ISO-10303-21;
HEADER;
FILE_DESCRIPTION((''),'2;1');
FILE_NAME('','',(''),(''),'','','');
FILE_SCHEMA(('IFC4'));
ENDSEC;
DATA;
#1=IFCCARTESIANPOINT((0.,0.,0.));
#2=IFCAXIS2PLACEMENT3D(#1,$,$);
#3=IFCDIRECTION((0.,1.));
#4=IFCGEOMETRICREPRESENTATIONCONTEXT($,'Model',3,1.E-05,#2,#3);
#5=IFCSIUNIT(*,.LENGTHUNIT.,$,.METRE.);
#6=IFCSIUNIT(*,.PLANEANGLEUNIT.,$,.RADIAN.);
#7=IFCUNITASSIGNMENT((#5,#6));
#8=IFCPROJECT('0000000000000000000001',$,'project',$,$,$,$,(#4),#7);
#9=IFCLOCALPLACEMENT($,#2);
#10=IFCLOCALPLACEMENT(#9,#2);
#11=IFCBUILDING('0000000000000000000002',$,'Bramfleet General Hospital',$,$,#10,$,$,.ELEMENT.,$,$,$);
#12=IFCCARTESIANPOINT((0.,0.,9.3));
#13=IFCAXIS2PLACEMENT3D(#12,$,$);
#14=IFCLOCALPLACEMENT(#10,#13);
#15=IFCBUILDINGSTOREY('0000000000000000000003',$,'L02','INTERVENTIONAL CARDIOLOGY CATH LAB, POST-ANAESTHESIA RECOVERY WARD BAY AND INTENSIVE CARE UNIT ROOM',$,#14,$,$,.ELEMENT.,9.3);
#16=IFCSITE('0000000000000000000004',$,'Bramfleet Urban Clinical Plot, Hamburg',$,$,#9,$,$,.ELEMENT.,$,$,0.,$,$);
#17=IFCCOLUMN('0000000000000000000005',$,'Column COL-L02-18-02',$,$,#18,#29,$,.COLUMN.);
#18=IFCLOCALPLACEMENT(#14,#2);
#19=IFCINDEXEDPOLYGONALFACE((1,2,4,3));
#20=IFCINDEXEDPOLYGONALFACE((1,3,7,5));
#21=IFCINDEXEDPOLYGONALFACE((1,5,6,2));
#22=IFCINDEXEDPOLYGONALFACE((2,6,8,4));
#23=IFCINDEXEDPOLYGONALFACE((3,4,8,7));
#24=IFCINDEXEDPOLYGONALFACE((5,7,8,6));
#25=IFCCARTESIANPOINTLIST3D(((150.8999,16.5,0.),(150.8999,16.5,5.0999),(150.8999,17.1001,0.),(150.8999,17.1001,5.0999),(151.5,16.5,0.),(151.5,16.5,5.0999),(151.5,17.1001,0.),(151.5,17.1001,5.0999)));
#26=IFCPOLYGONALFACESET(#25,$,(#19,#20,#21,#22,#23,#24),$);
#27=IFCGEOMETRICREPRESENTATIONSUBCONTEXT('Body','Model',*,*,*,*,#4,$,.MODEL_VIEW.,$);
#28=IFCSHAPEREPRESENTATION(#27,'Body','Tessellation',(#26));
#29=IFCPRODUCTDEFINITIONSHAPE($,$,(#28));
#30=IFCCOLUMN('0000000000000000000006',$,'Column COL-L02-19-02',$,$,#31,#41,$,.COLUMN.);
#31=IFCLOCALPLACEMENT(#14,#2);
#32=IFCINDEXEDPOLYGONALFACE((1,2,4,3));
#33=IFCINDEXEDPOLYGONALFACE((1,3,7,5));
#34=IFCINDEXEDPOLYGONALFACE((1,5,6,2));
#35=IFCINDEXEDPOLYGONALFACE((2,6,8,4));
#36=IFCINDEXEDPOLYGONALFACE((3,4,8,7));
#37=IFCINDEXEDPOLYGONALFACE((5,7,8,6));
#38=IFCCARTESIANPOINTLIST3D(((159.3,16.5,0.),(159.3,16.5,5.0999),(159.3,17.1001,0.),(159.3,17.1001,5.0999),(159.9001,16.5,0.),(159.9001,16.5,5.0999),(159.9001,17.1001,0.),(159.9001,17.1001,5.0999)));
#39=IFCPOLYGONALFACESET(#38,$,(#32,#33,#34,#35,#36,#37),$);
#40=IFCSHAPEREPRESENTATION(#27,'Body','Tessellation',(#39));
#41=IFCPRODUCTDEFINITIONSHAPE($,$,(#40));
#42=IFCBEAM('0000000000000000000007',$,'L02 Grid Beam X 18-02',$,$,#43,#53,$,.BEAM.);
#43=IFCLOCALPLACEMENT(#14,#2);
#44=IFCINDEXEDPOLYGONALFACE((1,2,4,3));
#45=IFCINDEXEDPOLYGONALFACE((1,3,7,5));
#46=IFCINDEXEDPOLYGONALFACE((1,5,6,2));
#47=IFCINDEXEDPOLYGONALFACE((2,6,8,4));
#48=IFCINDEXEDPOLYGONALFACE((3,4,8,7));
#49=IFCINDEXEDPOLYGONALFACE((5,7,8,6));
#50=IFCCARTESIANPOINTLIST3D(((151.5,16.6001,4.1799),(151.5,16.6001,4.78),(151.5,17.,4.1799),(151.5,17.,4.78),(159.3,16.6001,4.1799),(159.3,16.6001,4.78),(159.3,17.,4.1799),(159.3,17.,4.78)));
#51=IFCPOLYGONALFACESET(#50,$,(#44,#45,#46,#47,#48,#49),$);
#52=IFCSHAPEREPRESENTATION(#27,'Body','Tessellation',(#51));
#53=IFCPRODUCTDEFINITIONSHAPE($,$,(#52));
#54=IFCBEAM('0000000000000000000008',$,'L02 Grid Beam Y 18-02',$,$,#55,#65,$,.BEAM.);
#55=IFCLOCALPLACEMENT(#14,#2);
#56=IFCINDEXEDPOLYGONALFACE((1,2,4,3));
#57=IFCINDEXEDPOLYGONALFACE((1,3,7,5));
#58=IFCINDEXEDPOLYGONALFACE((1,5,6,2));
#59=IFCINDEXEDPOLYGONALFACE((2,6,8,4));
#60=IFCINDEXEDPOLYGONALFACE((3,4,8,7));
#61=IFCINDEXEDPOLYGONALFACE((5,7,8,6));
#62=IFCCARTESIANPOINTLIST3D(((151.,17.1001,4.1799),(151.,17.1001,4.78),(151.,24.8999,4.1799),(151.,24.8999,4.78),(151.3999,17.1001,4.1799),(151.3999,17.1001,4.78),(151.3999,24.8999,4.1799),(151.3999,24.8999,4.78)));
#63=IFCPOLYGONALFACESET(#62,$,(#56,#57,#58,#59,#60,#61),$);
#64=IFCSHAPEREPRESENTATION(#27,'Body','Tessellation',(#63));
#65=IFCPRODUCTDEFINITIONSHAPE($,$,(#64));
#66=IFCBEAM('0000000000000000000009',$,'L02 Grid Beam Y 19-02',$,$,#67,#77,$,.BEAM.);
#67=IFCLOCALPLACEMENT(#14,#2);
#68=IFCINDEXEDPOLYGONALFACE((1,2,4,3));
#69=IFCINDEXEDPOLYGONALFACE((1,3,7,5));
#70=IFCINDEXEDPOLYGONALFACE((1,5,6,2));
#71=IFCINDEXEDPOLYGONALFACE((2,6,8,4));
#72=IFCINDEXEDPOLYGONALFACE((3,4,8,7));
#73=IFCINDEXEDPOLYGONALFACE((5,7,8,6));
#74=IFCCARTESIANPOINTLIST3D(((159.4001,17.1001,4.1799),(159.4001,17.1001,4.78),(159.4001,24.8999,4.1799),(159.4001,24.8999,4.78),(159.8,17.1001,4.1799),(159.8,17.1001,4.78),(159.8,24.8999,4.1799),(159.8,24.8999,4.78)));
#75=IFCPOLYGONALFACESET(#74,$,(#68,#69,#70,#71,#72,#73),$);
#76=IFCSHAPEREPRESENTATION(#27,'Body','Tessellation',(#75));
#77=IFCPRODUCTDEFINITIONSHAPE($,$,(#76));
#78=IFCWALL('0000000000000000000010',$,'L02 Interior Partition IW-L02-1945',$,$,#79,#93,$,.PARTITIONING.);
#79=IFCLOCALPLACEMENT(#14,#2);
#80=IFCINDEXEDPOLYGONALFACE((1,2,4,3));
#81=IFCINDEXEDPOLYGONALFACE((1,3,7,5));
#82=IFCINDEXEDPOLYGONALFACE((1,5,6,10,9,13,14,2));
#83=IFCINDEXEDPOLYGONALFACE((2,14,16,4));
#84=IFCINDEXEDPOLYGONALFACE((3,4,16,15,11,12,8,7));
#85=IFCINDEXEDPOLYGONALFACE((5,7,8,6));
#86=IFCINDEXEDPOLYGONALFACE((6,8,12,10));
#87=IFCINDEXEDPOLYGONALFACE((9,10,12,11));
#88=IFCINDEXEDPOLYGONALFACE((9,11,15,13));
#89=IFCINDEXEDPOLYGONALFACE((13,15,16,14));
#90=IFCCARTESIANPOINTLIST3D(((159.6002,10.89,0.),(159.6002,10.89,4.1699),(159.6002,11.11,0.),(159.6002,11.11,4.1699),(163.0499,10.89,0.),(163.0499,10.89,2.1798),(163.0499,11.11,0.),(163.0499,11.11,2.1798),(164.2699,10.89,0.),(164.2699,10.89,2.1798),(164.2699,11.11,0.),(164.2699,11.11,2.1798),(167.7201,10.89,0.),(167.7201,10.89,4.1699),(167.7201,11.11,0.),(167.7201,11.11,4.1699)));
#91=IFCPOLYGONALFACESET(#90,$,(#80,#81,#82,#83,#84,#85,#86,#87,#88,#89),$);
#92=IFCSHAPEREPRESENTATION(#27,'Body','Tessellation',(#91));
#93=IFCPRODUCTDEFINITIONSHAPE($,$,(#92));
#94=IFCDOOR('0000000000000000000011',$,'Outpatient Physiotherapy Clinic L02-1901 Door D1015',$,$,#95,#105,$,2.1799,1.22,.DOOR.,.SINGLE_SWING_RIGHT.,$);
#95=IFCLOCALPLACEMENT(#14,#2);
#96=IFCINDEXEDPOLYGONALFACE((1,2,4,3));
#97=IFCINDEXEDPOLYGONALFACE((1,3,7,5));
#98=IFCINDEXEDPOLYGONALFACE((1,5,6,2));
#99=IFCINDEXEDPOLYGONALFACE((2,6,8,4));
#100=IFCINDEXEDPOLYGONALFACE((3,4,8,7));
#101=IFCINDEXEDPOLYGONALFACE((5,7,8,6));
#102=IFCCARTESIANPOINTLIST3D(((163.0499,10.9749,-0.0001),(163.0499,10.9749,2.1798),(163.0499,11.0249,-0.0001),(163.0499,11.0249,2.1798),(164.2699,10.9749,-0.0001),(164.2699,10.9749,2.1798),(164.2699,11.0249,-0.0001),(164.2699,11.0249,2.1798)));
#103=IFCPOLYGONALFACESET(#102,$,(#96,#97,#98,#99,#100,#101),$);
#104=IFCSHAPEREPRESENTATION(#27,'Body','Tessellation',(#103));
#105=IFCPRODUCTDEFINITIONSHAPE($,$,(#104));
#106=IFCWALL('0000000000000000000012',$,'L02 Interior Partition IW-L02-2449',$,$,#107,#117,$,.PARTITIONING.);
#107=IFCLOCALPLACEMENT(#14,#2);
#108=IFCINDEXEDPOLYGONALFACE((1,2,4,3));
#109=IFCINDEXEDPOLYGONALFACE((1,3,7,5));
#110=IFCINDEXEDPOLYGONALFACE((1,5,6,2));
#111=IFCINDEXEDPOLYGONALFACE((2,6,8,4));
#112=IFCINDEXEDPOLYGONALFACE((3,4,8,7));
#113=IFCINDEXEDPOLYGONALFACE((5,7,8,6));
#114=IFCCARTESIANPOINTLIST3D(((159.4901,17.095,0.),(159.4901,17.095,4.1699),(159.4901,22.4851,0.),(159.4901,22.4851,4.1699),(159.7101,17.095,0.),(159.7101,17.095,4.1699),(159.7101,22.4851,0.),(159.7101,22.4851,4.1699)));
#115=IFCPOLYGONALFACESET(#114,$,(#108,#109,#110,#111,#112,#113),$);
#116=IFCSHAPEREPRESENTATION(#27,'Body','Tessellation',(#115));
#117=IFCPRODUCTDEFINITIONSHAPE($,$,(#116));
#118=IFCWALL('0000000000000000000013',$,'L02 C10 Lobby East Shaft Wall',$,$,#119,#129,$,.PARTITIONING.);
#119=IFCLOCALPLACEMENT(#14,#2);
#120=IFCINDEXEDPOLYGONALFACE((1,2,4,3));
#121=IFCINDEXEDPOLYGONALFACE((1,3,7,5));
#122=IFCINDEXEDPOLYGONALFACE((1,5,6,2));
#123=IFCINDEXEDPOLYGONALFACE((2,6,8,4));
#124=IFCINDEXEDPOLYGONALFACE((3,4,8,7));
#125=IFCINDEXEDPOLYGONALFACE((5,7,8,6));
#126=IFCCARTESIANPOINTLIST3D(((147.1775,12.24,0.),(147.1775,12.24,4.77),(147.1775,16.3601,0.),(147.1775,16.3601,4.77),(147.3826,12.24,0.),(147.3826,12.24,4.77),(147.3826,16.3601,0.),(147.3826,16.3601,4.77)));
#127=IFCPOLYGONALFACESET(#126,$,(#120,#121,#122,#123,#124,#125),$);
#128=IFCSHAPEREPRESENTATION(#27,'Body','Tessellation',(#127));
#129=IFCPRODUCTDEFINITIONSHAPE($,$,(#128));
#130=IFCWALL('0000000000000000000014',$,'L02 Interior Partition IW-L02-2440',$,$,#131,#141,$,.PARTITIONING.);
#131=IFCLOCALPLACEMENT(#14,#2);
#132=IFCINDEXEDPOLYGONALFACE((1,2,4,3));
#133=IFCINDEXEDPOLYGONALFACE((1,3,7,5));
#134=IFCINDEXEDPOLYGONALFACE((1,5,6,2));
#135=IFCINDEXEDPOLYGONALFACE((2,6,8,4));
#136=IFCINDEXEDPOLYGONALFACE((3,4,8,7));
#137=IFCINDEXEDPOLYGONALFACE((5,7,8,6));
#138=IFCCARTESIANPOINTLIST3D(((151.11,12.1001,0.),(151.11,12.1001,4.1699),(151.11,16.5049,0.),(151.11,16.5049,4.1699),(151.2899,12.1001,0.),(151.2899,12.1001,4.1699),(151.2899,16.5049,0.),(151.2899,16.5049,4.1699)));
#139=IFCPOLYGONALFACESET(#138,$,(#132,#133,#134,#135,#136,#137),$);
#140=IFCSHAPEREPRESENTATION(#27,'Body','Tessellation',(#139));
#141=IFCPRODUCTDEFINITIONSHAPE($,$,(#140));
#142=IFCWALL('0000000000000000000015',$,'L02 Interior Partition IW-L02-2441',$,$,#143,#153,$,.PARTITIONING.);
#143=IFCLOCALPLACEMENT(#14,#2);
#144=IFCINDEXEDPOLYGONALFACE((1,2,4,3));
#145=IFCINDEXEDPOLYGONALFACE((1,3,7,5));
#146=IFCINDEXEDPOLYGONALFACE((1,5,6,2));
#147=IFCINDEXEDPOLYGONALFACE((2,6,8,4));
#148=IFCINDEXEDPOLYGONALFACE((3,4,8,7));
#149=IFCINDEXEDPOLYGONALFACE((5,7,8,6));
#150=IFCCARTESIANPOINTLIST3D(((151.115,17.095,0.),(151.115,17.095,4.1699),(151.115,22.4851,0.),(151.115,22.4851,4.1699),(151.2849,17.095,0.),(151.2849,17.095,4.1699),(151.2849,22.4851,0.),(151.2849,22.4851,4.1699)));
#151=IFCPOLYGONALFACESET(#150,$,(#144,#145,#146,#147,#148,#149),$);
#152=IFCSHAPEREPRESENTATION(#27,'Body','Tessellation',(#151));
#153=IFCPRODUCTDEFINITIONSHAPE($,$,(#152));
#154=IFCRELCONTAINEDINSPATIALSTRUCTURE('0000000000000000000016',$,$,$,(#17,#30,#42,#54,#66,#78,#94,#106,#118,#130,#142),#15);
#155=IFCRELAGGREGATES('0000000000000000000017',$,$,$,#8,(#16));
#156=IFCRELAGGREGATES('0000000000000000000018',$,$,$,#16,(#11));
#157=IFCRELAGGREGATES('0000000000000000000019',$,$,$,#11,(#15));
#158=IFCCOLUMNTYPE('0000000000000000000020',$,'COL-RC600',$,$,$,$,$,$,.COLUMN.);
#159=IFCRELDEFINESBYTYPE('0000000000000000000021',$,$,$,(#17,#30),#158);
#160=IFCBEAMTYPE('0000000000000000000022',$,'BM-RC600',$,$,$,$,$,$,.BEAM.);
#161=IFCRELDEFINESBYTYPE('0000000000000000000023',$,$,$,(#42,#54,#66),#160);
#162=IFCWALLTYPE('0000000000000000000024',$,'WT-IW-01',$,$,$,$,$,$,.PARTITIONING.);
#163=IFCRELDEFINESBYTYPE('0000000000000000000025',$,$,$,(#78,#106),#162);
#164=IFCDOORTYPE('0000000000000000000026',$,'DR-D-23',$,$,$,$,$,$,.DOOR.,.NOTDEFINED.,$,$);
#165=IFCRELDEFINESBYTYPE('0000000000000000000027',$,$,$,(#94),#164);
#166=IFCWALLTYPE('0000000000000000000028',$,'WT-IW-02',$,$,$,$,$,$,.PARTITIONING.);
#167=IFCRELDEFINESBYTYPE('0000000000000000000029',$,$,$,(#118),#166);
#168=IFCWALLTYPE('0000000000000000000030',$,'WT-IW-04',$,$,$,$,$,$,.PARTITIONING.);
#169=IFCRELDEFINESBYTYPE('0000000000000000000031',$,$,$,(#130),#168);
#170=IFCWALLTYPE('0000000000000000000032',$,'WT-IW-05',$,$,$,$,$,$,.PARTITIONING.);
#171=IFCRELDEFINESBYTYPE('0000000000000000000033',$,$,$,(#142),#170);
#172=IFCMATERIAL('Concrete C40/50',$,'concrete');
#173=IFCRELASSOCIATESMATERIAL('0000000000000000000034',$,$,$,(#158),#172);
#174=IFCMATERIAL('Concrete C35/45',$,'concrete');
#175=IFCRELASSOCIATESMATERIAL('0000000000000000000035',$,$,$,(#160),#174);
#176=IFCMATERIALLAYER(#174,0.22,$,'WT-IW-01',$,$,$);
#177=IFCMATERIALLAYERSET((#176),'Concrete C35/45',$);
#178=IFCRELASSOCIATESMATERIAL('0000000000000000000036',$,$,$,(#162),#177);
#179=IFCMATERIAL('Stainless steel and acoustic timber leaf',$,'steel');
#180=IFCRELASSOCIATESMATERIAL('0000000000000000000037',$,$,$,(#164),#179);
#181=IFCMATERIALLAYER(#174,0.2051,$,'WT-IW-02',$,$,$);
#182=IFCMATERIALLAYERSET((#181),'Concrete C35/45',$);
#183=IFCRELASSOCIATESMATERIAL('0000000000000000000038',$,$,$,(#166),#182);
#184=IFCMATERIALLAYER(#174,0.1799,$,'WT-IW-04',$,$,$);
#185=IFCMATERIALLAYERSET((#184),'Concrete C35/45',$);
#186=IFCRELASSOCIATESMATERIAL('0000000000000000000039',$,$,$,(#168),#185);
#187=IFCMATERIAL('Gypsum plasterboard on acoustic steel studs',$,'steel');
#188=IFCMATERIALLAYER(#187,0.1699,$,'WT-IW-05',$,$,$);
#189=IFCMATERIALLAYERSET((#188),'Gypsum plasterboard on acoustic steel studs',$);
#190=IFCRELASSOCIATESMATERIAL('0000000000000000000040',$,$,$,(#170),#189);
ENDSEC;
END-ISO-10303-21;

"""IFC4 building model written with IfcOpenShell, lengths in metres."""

from ifc_helpers import new_model, si_unit, direction, frame, frame_2d, origin, origin_2d, place, context, subcontext, project, spatial, rectangle, extrude, material, layer, layer_set, material_profile, profile_set, type_object, element, fill, save


model = new_model("IFC4")

# Units and contexts
model_context = context("Model", 3, precision=1e-05, world=origin(), true_north=direction((0.0, 1.0)))
body_context = subcontext(model_context, "Body", "Model", "MODEL_VIEW")
ifc_project = project(units=[si_unit("LENGTHUNIT", "METRE"), si_unit("PLANEANGLEUNIT", "RADIAN")], contexts=[model_context])

# Site, building, storey
site_placement = place(None, origin())
site = spatial("IfcSite", under=ifc_project, at=site_placement, Name="Bramfleet Urban Clinical Plot, Hamburg", CompositionType="ELEMENT", RefElevation=0.0)
building_placement = place(site_placement, origin())
building = spatial("IfcBuilding", under=site, at=building_placement, Name="Bramfleet General Hospital", CompositionType="ELEMENT")
storey_placement = place(building_placement, frame((0.0, 0.0, 9.3)))
storey = spatial("IfcBuildingStorey", under=building, at=storey_placement, Name="L02", Description="INTERVENTIONAL CARDIOLOGY CATH LAB, POST-ANAESTHESIA RECOVERY WARD BAY AND INTENSIVE CARE UNIT ROOM", CompositionType="ELEMENT", Elevation=9.3)

# Columns
ifc_material_1 = material(Name="Concrete C40/50", Category="concrete")
ifc_material_profile_1 = material_profile(ifc_material_1, rectangle(XDim=0.6001, YDim=0.6001, at=origin_2d()), Name="RC COL 600x600")
ifc_profile_set_1 = profile_set([ifc_material_profile_1], Name="Concrete C40/50")
column_type = type_object("IfcColumnType", Name="COL-RC600", PredefinedType="COLUMN", material=ifc_profile_set_1)
for number, where, z_axis, x_axis, name in (
    (1, (151.2, 16.8, 0.0), (0.0, 0.0, 1.0), (1.0, 0.0, 0.0), "Column COL-L02-18-02"),
    (2, (159.6001, 16.8, 0.0), (0.0, 0.0, 1.0), (1.0, 0.0, 0.0), "Column COL-L02-19-02"),
):
    element("IfcColumn", number, at=place(storey_placement, frame(where, z_axis=z_axis, x_axis=x_axis)), inside=storey, type_object=column_type, Name=name, PredefinedType="COLUMN", context=body_context, shape_type="SweptSolid", body=[
        extrude(rectangle(XDim=0.6001, YDim=0.6001, at=origin_2d()), origin(), (0.0, 0.0, 1.0), 5.0999),
    ])

# Beams
ifc_material_2 = material(Name="Concrete C35/45", Category="concrete")
ifc_material_profile_2 = material_profile(ifc_material_2, rectangle(XDim=0.3999, YDim=0.6001, at=origin_2d()), Name="RC BM 600x400")
ifc_profile_set_2 = profile_set([ifc_material_profile_2], Name="Concrete C35/45")
beam_type = type_object("IfcBeamType", Name="BM-RC600", PredefinedType="BEAM", material=ifc_profile_set_2)
beam_placement = place(storey_placement, frame((151.5, 16.8, 4.48), z_axis=(1.0, 0.0, 0.0), x_axis=(0.0, 1.0, 0.0)))
element("IfcBeam", 3, at=beam_placement, inside=storey, type_object=beam_type, Name="L02 Grid Beam X 18-02", PredefinedType="BEAM", context=body_context, shape_type="SweptSolid", body=[
    extrude(rectangle(XDim=0.3999, YDim=0.6001, at=origin_2d()), origin(), (0.0, 0.0, 1.0), 7.8),
])
for number, where, z_axis, x_axis, name in (
    (4, (151.2, 17.1001, 4.48), (0.0, 1.0, 0.0), (-1.0, 0.0, 0.0), "L02 Grid Beam Y 18-02"),
    (5, (159.6001, 17.1001, 4.48), (0.0, 1.0, 0.0), (-1.0, 0.0, 0.0), "L02 Grid Beam Y 19-02"),
):
    element("IfcBeam", number, at=place(storey_placement, frame(where, z_axis=z_axis, x_axis=x_axis)), inside=storey, type_object=beam_type, Name=name, PredefinedType="BEAM", context=body_context, shape_type="SweptSolid", body=[
        extrude(rectangle(XDim=0.3999, YDim=0.6001, at=origin_2d()), origin(), (0.0, 0.0, 1.0), 7.7998),
    ])

# Wall, opening, door
ifc_layer_1 = layer(ifc_material_2, 0.22, Name="WT-IW-01")
ifc_layer_set_1 = layer_set([ifc_layer_1], Name="Concrete C35/45")
wall_type_1 = type_object("IfcWallType", Name="WT-IW-01", PredefinedType="PARTITIONING", material=ifc_layer_set_1)
wall_1_placement = place(storey_placement, frame((159.6001, 11.0, 0.0), z_axis=(0.0, 0.0, 1.0), x_axis=(1.0, 0.0, 0.0)))
wall_1 = element("IfcWall", 6, at=wall_1_placement, inside=storey, type_object=wall_type_1, Name="L02 Interior Partition IW-L02-1945", PredefinedType="PARTITIONING", context=body_context, shape_type="SweptSolid", body=[
    extrude(rectangle(XDim=8.1199, YDim=0.22, at=frame_2d((4.0601, 0.0))), origin(), (0.0, 0.0, 1.0), 4.1699),
])
opening_1_placement = place(wall_1_placement, frame((3.45, 0.0, 0.0)))
opening_1 = element("IfcOpeningElement", 7, at=opening_1_placement, cuts=wall_1, PredefinedType="OPENING", context=body_context, shape_type="SweptSolid", body=[
    extrude(rectangle(XDim=1.22, YDim=2.1799, at=frame_2d((0.6099, 1.0898))), frame((0.0, 0.1199, 0.0), z_axis=(0.0, -1.0, 0.0), x_axis=(1.0, 0.0, 0.0)), (0.0, 0.0, 1.0), 0.24),
])
ifc_material_3 = material(Name="Stainless steel and acoustic timber leaf", Category="steel")
door_type_1 = type_object("IfcDoorType", Name="DR-D-23", OperationType="NOTDEFINED", PredefinedType="DOOR", material=ifc_material_3)
door_1_placement = place(opening_1_placement, origin())
door_1 = element("IfcDoor", 8, at=door_1_placement, inside=storey, type_object=door_type_1, Name="Outpatient Physiotherapy Clinic L02-1901 Door D1015", OperationType="SINGLE_SWING_RIGHT", OverallHeight=2.1799, OverallWidth=1.22, PredefinedType="DOOR", context=body_context, shape_type="SweptSolid", body=[
    extrude(rectangle(XDim=1.22, YDim=2.1799, at=frame_2d((0.6099, 1.0898))), frame((0.0, 0.0249, 0.0), z_axis=(0.0, -1.0, 0.0), x_axis=(1.0, 0.0, 0.0)), (0.0, 0.0, 1.0), 0.05),
])
fill(opening_1, door_1)

# Walls
wall_2_placement = place(storey_placement, frame((159.6001, 17.095, 0.0), z_axis=(0.0, 0.0, 1.0), x_axis=(0.0, 1.0, 0.0)))
element("IfcWall", 9, at=wall_2_placement, inside=storey, type_object=wall_type_1, Name="L02 Interior Partition IW-L02-2449", PredefinedType="PARTITIONING", context=body_context, shape_type="SweptSolid", body=[
    extrude(rectangle(XDim=5.3901, YDim=0.22, at=frame_2d((2.6951, 0.0))), origin(), (0.0, 0.0, 1.0), 4.1699),
])
ifc_layer_2 = layer(ifc_material_2, 0.2051, Name="WT-IW-02")
ifc_layer_set_2 = layer_set([ifc_layer_2], Name="Concrete C35/45")
wall_type_2 = type_object("IfcWallType", Name="WT-IW-02", PredefinedType="PARTITIONING", material=ifc_layer_set_2)
wall_3_placement = place(storey_placement, frame((147.28, 12.24, 0.0), z_axis=(0.0, 0.0, 1.0), x_axis=(0.0, 1.0, 0.0)))
element("IfcWall", 10, at=wall_3_placement, inside=storey, type_object=wall_type_2, Name="L02 C10 Lobby East Shaft Wall", PredefinedType="PARTITIONING", context=body_context, shape_type="SweptSolid", body=[
    extrude(rectangle(XDim=4.1201, YDim=0.2051, at=frame_2d((2.0601, 0.0))), origin(), (0.0, 0.0, 1.0), 4.77),
])
ifc_layer_3 = layer(ifc_material_2, 0.1799, Name="WT-IW-04")
ifc_layer_set_3 = layer_set([ifc_layer_3], Name="Concrete C35/45")
wall_type_3 = type_object("IfcWallType", Name="WT-IW-04", PredefinedType="PARTITIONING", material=ifc_layer_set_3)
wall_4_placement = place(storey_placement, frame((151.2, 12.1001, 0.0), z_axis=(0.0, 0.0, 1.0), x_axis=(0.0, 1.0, 0.0)))
element("IfcWall", 11, at=wall_4_placement, inside=storey, type_object=wall_type_3, Name="L02 Interior Partition IW-L02-2440", PredefinedType="PARTITIONING", context=body_context, shape_type="SweptSolid", body=[
    extrude(rectangle(XDim=4.4048, YDim=0.1799, at=frame_2d((2.2024, 0.0))), origin(), (0.0, 0.0, 1.0), 4.1699),
])
ifc_material_4 = material(Name="Gypsum plasterboard on acoustic steel studs", Category="steel")
ifc_layer_4 = layer(ifc_material_4, 0.1699, Name="WT-IW-05")
ifc_layer_set_4 = layer_set([ifc_layer_4], Name="Gypsum plasterboard on acoustic steel studs")
wall_type_4 = type_object("IfcWallType", Name="WT-IW-05", PredefinedType="PARTITIONING", material=ifc_layer_set_4)
wall_5_placement = place(storey_placement, frame((151.2, 17.095, 0.0), z_axis=(0.0, 0.0, 1.0), x_axis=(0.0, 1.0, 0.0)))
element("IfcWall", 12, at=wall_5_placement, inside=storey, type_object=wall_type_4, Name="L02 Interior Partition IW-L02-2441", PredefinedType="PARTITIONING", context=body_context, shape_type="SweptSolid", body=[
    extrude(rectangle(XDim=5.3901, YDim=0.1699, at=frame_2d((2.6951, 0.0))), origin(), (0.0, 0.0, 1.0), 4.1699),
])

save(model, "model.ifc")
